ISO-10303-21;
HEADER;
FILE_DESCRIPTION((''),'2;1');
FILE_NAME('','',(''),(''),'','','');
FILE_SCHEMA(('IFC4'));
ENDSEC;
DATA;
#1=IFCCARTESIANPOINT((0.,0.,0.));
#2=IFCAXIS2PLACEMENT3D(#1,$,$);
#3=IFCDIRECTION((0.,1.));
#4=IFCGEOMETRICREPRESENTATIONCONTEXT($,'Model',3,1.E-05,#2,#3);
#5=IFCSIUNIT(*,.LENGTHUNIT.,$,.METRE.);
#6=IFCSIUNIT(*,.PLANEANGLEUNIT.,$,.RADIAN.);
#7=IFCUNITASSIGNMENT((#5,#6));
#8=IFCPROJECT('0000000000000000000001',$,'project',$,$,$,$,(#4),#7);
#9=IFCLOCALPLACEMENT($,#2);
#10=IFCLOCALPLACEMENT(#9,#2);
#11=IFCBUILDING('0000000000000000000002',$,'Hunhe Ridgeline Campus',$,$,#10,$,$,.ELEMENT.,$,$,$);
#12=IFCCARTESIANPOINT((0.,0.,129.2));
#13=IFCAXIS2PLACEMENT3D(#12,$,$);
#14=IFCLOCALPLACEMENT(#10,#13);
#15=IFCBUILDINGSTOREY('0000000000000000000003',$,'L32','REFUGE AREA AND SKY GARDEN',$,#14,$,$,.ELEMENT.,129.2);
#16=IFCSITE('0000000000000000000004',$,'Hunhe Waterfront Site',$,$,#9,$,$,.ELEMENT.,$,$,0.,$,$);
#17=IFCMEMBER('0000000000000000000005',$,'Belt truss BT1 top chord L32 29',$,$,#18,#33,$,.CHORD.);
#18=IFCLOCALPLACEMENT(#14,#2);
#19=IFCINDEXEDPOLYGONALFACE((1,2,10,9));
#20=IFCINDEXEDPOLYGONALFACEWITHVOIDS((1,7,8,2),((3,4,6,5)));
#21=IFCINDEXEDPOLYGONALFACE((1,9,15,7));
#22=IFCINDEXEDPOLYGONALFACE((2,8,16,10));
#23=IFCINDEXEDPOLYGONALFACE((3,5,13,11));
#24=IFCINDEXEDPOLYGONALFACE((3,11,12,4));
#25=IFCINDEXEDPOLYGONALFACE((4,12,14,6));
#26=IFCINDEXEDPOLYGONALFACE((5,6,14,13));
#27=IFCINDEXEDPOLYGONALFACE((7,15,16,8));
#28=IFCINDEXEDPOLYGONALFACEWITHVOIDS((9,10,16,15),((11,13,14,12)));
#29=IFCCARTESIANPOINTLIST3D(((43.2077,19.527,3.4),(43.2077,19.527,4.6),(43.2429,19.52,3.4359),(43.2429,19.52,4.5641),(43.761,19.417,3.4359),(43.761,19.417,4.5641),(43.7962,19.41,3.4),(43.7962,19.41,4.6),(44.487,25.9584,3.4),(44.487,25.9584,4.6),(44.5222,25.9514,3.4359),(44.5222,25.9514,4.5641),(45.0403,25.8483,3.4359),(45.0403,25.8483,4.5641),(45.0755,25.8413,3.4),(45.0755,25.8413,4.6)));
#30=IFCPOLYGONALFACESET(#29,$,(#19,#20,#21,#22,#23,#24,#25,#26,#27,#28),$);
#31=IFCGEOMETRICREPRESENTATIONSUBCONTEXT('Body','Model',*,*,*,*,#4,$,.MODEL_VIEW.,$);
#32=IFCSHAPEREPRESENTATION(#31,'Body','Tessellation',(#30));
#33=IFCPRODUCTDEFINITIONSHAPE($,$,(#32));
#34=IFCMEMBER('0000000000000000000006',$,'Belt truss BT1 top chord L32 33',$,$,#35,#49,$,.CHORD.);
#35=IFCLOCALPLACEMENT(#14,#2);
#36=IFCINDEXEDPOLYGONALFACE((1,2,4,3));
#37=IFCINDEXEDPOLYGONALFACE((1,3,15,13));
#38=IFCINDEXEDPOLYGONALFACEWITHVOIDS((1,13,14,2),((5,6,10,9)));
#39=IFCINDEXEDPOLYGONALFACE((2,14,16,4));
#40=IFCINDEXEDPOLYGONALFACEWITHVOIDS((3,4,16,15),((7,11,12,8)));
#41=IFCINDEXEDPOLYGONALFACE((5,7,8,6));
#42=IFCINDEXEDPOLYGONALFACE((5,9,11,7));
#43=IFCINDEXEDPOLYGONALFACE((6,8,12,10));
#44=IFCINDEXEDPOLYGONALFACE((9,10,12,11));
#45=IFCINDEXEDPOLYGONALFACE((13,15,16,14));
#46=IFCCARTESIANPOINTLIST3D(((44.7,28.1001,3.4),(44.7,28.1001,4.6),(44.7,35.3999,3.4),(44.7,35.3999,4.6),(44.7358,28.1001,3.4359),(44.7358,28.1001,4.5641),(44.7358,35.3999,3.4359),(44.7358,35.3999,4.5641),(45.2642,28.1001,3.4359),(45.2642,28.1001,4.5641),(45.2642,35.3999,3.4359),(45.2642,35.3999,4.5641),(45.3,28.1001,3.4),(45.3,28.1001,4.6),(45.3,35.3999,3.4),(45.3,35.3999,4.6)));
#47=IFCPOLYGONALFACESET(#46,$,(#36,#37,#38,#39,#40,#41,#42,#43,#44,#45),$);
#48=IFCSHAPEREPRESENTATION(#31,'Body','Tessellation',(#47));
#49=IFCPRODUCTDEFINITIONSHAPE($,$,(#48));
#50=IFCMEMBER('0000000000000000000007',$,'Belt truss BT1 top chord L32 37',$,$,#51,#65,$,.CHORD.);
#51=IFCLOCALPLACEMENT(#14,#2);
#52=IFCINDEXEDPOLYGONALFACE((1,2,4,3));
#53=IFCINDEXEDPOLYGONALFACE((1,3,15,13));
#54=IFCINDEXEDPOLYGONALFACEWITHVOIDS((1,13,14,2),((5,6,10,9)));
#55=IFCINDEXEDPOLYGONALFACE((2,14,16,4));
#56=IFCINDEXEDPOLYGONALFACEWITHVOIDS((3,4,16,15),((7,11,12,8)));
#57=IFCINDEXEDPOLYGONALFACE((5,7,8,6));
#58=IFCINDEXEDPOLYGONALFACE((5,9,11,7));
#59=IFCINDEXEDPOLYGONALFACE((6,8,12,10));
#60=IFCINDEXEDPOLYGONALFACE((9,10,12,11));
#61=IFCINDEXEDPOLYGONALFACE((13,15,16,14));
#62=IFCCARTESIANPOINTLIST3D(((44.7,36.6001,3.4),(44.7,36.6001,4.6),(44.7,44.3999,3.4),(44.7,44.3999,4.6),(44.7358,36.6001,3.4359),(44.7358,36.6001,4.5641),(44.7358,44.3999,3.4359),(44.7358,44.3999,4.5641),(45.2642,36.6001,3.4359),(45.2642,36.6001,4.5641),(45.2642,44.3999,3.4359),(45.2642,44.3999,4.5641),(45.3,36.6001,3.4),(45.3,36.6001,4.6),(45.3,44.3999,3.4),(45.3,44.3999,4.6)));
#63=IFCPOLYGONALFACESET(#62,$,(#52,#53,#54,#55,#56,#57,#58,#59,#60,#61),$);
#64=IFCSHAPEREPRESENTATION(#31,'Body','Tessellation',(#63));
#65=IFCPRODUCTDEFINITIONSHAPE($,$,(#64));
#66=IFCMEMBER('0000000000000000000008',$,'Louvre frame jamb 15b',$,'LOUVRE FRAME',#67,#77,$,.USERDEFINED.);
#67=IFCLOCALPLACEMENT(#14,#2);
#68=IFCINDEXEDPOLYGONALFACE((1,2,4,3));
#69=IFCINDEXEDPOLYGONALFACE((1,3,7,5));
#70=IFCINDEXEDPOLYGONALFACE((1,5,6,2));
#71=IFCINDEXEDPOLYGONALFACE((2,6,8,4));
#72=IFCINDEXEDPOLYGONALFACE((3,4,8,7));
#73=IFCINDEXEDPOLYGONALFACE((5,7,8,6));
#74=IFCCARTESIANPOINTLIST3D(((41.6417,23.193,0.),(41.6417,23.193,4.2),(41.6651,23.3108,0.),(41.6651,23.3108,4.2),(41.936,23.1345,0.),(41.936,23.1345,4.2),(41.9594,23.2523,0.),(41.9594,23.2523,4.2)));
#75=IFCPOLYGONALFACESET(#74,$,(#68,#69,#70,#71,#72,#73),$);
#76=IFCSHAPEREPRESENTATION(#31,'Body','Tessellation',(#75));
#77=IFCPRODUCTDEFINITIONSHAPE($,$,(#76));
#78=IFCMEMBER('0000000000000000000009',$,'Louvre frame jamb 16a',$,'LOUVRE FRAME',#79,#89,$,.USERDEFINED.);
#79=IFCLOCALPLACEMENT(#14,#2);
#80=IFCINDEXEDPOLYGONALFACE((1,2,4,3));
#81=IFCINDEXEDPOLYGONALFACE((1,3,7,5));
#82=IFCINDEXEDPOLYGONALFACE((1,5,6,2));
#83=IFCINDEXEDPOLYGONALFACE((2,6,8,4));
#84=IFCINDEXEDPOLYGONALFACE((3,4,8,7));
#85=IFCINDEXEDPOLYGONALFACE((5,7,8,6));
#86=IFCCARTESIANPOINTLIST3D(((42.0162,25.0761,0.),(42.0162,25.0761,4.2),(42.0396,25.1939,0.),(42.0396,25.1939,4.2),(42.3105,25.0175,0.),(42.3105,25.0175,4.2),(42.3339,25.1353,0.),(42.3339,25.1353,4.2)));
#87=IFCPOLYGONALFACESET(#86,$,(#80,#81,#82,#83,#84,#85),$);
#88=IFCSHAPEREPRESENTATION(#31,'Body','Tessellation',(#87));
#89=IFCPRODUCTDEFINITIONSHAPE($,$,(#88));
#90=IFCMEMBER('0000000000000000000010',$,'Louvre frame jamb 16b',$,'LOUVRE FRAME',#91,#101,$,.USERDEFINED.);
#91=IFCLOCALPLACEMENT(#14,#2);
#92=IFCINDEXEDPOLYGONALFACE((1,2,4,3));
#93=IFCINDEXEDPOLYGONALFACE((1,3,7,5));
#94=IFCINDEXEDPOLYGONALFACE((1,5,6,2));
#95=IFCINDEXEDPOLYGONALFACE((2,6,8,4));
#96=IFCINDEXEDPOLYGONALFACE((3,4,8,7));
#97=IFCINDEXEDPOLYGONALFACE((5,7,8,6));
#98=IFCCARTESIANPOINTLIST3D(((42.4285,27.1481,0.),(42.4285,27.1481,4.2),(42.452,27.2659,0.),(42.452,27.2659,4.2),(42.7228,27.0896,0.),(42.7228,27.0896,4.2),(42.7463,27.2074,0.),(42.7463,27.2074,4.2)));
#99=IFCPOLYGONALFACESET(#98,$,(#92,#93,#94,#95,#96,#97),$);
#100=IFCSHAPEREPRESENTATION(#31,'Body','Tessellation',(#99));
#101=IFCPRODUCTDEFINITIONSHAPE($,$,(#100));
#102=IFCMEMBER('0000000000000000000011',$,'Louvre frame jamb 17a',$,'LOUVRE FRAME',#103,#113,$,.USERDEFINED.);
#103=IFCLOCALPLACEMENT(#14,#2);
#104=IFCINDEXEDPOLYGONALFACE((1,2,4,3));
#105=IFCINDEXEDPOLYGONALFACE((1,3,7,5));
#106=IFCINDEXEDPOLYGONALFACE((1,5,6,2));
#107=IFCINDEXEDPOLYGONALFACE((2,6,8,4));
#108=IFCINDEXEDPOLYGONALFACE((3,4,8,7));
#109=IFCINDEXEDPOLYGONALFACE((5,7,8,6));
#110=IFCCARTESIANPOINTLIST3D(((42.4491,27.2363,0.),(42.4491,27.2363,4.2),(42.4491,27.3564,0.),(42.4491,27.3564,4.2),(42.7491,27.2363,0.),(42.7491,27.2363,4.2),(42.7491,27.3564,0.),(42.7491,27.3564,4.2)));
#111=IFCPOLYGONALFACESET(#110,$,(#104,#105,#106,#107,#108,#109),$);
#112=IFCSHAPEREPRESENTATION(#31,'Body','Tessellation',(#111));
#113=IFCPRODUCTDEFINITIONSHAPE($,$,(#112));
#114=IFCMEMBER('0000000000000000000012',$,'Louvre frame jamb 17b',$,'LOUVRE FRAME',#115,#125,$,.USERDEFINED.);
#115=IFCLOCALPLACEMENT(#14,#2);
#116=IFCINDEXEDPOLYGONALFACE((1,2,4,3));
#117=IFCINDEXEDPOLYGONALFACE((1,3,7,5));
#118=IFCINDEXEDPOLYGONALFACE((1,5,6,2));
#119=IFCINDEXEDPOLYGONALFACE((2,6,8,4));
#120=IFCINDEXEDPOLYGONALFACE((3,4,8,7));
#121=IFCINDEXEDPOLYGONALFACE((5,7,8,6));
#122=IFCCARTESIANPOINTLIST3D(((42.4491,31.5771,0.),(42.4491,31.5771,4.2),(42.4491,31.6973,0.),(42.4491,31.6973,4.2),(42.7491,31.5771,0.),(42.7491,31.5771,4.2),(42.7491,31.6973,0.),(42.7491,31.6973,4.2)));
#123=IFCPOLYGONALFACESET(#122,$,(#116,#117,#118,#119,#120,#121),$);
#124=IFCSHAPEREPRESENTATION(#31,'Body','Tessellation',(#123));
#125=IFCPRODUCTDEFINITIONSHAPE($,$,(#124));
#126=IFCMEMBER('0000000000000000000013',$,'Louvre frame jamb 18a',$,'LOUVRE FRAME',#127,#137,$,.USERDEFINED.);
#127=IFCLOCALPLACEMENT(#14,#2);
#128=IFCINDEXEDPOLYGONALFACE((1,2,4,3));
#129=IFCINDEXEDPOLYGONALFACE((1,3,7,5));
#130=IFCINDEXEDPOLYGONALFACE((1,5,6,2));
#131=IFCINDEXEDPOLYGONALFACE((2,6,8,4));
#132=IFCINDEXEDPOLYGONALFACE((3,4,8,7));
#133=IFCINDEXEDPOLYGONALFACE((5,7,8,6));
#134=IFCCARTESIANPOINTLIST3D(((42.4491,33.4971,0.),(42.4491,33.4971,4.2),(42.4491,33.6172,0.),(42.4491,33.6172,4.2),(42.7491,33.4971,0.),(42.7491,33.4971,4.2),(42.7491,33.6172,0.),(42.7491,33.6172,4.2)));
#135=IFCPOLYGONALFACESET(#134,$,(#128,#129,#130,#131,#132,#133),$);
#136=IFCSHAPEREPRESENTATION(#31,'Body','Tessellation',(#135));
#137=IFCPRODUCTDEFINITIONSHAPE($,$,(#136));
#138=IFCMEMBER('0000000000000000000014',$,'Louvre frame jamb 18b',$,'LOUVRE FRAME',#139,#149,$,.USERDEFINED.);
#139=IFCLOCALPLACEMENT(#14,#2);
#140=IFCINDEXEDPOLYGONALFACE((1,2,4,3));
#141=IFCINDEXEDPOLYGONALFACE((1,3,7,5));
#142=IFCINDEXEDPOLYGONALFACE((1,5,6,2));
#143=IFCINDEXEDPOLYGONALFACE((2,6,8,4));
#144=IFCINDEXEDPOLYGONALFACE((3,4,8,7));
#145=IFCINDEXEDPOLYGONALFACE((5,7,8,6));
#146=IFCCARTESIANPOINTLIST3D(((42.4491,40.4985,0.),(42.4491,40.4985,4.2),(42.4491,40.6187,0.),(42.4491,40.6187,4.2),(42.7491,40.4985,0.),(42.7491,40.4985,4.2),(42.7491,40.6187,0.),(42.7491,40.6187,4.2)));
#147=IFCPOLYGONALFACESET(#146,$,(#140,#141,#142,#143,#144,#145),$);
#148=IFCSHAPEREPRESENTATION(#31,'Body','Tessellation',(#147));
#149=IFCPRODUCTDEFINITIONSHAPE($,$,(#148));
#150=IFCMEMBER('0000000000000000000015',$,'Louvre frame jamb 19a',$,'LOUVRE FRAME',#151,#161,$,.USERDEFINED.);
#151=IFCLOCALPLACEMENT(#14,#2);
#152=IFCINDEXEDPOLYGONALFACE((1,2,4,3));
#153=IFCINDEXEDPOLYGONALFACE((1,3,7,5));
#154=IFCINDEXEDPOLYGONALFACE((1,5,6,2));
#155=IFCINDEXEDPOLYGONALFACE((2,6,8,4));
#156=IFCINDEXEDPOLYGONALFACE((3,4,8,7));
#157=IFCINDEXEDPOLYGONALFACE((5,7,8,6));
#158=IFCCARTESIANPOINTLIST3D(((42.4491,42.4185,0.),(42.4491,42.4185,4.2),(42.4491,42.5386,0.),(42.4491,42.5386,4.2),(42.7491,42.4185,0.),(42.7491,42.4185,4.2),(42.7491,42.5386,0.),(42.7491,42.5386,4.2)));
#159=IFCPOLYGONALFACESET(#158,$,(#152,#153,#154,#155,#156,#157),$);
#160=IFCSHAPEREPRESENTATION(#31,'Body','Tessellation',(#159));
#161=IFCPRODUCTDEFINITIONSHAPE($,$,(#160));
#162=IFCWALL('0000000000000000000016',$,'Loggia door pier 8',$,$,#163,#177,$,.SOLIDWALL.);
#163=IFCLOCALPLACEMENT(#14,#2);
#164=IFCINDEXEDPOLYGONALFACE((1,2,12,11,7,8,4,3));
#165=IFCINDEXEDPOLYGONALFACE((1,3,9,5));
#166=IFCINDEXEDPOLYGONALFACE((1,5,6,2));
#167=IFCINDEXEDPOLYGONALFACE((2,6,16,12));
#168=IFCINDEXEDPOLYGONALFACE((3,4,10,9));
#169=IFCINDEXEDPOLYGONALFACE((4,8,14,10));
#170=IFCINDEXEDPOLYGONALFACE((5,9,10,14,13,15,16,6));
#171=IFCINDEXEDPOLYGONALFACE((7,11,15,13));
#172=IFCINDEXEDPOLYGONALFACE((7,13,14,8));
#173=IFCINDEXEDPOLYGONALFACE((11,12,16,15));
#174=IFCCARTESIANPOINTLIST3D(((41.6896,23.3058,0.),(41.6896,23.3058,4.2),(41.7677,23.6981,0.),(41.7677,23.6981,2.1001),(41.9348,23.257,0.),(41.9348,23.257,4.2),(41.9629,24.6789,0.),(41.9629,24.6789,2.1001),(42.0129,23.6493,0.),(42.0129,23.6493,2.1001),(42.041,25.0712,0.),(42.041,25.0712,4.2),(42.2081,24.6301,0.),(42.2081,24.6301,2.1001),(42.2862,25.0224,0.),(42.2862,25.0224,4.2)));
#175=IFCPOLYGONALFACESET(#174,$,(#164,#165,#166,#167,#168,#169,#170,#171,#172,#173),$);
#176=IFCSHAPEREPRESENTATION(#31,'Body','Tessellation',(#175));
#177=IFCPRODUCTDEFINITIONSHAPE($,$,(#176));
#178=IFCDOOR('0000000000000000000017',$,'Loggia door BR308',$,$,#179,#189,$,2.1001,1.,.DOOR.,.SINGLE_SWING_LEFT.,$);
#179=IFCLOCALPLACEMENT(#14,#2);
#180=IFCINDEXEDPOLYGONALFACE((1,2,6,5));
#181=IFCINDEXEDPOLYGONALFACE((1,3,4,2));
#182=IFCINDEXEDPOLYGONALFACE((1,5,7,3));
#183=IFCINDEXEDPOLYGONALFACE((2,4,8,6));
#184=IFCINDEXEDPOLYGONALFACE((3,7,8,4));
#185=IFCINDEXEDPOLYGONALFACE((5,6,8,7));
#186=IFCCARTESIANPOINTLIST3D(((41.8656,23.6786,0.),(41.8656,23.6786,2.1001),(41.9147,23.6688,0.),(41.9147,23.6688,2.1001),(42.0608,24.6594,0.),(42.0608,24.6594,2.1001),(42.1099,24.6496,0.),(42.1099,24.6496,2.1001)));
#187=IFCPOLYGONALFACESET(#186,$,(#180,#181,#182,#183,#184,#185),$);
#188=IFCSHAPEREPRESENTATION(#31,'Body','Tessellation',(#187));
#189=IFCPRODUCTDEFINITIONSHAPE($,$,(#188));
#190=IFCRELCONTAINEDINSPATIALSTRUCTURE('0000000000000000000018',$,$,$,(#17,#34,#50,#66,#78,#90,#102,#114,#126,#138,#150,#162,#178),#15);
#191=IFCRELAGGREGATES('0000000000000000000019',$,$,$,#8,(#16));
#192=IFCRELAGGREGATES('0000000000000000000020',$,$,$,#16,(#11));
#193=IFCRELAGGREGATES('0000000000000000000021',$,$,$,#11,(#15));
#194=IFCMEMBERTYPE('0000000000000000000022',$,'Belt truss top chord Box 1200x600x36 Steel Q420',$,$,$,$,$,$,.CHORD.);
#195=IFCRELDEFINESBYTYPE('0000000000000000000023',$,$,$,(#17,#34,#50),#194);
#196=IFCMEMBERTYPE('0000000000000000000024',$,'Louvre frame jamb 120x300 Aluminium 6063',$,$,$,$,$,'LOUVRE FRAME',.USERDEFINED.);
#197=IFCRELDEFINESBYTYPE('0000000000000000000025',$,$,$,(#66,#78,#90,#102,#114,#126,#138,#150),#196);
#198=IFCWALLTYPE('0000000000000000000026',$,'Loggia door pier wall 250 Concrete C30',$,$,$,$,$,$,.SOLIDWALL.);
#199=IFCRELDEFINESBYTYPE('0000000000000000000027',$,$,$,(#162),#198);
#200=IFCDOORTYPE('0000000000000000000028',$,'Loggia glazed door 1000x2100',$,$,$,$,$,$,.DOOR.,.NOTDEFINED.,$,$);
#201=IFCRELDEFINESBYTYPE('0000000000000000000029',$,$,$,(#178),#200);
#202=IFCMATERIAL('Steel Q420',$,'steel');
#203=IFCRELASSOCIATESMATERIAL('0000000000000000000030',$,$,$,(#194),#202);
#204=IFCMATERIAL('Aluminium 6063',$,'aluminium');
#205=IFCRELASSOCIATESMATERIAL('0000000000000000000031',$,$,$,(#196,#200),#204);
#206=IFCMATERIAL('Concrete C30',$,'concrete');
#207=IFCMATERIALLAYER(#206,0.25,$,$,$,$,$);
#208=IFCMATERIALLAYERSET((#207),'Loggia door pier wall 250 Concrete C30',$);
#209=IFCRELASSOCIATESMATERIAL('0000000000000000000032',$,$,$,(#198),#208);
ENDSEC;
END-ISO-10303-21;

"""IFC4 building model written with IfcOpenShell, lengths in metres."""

from ifc_helpers import new_model, si_unit, direction, frame, frame_2d, origin, origin_2d, place, context, subcontext, project, spatial, rectangle, hollow_rectangle, extrude, material, layer, layer_set, material_profile, profile_set, type_object, element, fill, save


model = new_model("IFC4")

# Units and contexts
model_context = context("Model", 3, precision=1e-05, world=origin(), true_north=direction((0.0, 1.0)))
body_context = subcontext(model_context, "Body", "Model", "MODEL_VIEW")
ifc_project = project(units=[si_unit("LENGTHUNIT", "METRE"), si_unit("PLANEANGLEUNIT", "RADIAN")], contexts=[model_context])

# Site, building, storey
site_placement = place(None, origin())
site = spatial("IfcSite", under=ifc_project, at=site_placement, Name="Hunhe Waterfront Site", CompositionType="ELEMENT", RefElevation=0.0)
building_placement = place(site_placement, origin())
building = spatial("IfcBuilding", under=site, at=building_placement, Name="Hunhe Ridgeline Campus", CompositionType="ELEMENT")
storey_placement = place(building_placement, frame((0.0, 0.0, 129.2)))
storey = spatial("IfcBuildingStorey", under=building, at=storey_placement, Name="L32", Description="REFUGE AREA AND SKY GARDEN", CompositionType="ELEMENT", Elevation=129.2)

# Members
ifc_material_1 = material(Name="Steel Q420", Category="steel")
ifc_material_profile_1 = material_profile(ifc_material_1, hollow_rectangle(XDim=0.6001, YDim=1.2, WallThickness=0.0359, at=origin_2d()))
ifc_profile_set_1 = profile_set([ifc_material_profile_1], Name="Steel Q420")
member_type_1 = type_object("IfcMemberType", Name="Belt truss top chord Box 1200x600x36 Steel Q420", PredefinedType="CHORD", material=ifc_profile_set_1)
member_1_placement = place(storey_placement, frame((43.502, 19.4685, 4.0), z_axis=(0.195092, 0.980785, 0.0), x_axis=(-0.980785, 0.195092, 0.0)))
element("IfcMember", 1, at=member_1_placement, inside=storey, type_object=member_type_1, Name="Belt truss BT1 top chord L32 29", PredefinedType="CHORD", context=body_context, shape_type="SweptSolid", body=[
    extrude(hollow_rectangle(XDim=0.6001, YDim=1.2, WallThickness=0.0359, at=origin_2d()), origin(), (0.0, 0.0, 1.0), 6.5574),
])
member_2_placement = place(storey_placement, frame((45.0, 28.1001, 4.0), z_axis=(0.0, 1.0, 0.0), x_axis=(-1.0, 0.0, 0.0)))
element("IfcMember", 2, at=member_2_placement, inside=storey, type_object=member_type_1, Name="Belt truss BT1 top chord L32 33", PredefinedType="CHORD", context=body_context, shape_type="SweptSolid", body=[
    extrude(hollow_rectangle(XDim=0.6001, YDim=1.2, WallThickness=0.0359, at=origin_2d()), origin(), (0.0, 0.0, 1.0), 7.2998),
])
member_3_placement = place(storey_placement, frame((45.0, 36.6001, 4.0), z_axis=(0.0, 1.0, 0.0), x_axis=(-1.0, 0.0, 0.0)))
element("IfcMember", 3, at=member_3_placement, inside=storey, type_object=member_type_1, Name="Belt truss BT1 top chord L32 37", PredefinedType="CHORD", context=body_context, shape_type="SweptSolid", body=[
    extrude(hollow_rectangle(XDim=0.6001, YDim=1.2, WallThickness=0.0359, at=origin_2d()), origin(), (0.0, 0.0, 1.0), 7.7998),
])
ifc_material_2 = material(Name="Aluminium 6063", Category="aluminium")
ifc_material_profile_2 = material_profile(ifc_material_2, rectangle(XDim=0.3, YDim=0.1201, at=origin_2d()))
ifc_profile_set_2 = profile_set([ifc_material_profile_2], Name="Aluminium 6063")
member_type_2 = type_object("IfcMemberType", Name="Louvre frame jamb 120x300 Aluminium 6063", ElementType="LOUVRE FRAME", PredefinedType="USERDEFINED", material=ifc_profile_set_2)
for number, where, z_axis, x_axis, name in (
    (4, (41.8005, 23.2227, 0.0), (0.0, 0.0, 1.0), (-0.980785, 0.19509, 0.0), "Louvre frame jamb 15b"),
    (5, (42.175, 25.1057, 0.0), (0.0, 0.0, 1.0), (-0.980785, 0.19509, 0.0), "Louvre frame jamb 16a"),
    (6, (42.5874, 27.1777, 0.0), (0.0, 0.0, 1.0), (-0.980785, 0.19509, 0.0), "Louvre frame jamb 16b"),
    (7, (42.5991, 27.2964, 0.0), (0.0, 0.0, 1.0), (-1.0, 0.000004, 0.0), "Louvre frame jamb 17a"),
    (8, (42.5991, 31.6372, 0.0), (0.0, 0.0, 1.0), (-1.0, 0.000004, 0.0), "Louvre frame jamb 17b"),
    (9, (42.5991, 33.5571, 0.0), (0.0, 0.0, 1.0), (-1.0, 0.000004, 0.0), "Louvre frame jamb 18a"),
    (10, (42.5991, 40.5586, 0.0), (0.0, 0.0, 1.0), (-1.0, 0.000004, 0.0), "Louvre frame jamb 18b"),
    (11, (42.5991, 42.4785, 0.0), (0.0, 0.0, 1.0), (-1.0, 0.000004, 0.0), "Louvre frame jamb 19a"),
):
    element("IfcMember", number, at=place(storey_placement, frame(where, z_axis=z_axis, x_axis=x_axis)), inside=storey, type_object=member_type_2, Name=name, ObjectType="LOUVRE FRAME", PredefinedType="USERDEFINED", context=body_context, shape_type="SweptSolid", body=[
        extrude(rectangle(XDim=0.3, YDim=0.1201, at=origin_2d()), origin(), (0.0, 0.0, 1.0), 4.2),
    ])

# Wall, opening, door
ifc_material_3 = material(Name="Concrete C30", Category="concrete")
ifc_layer_1 = layer(ifc_material_3, 0.25)
ifc_layer_set_1 = layer_set([ifc_layer_1], Name="Loggia door pier wall 250 Concrete C30")
wall_type = type_object("IfcWallType", Name="Loggia door pier wall 250 Concrete C30", PredefinedType="SOLIDWALL", material=ifc_layer_set_1)
wall_1_placement = place(storey_placement, frame((41.8123, 23.2815, 0.0), z_axis=(0.0, 0.0, 1.0), x_axis=(0.195177, 0.980768, 0.0)))
wall_1 = element("IfcWall", 12, at=wall_1_placement, inside=storey, type_object=wall_type, Name="Loggia door pier 8", PredefinedType="SOLIDWALL", context=body_context, shape_type="SweptSolid", body=[
    extrude(rectangle(XDim=1.8, YDim=0.25, at=frame_2d((0.8999, 0.0))), origin(), (0.0, 0.0, 1.0), 4.2),
])
opening_1_placement = place(wall_1_placement, frame((0.3999, 0.0, 0.0)))
opening_1 = element("IfcOpeningElement", 13, at=opening_1_placement, cuts=wall_1, PredefinedType="OPENING", context=body_context, shape_type="SweptSolid", body=[
    extrude(rectangle(XDim=1.0, YDim=2.1001, at=frame_2d((0.5, 1.05))), frame((0.0, 0.125, 0.0), z_axis=(0.0, -1.0, 0.0), x_axis=(1.0, 0.0, 0.0)), (0.0, 0.0, 1.0), 0.25),
])
door_type = type_object("IfcDoorType", Name="Loggia glazed door 1000x2100", OperationType="NOTDEFINED", PredefinedType="DOOR", material=ifc_material_2)
door_1_placement = place(opening_1_placement, frame((1.0, 0.0, 0.0), z_axis=(0.0, 0.0, 1.0), x_axis=(-1.0, 0.0, 0.0)))
door_1 = element("IfcDoor", 14, at=door_1_placement, inside=storey, type_object=door_type, Name="Loggia door BR308", OperationType="SINGLE_SWING_LEFT", OverallHeight=2.1001, OverallWidth=1.0, PredefinedType="DOOR", context=body_context, shape_type="SweptSolid", body=[
    extrude(rectangle(XDim=1.0, YDim=2.1001, at=frame_2d((0.5, 1.05))), frame((0.0, 0.0249, 0.0), z_axis=(0.0, -1.0, 0.0), x_axis=(1.0, 0.0, 0.0)), (0.0, 0.0, 1.0), 0.05),
])
fill(opening_1, door_1)

save(model, "model.ifc")
